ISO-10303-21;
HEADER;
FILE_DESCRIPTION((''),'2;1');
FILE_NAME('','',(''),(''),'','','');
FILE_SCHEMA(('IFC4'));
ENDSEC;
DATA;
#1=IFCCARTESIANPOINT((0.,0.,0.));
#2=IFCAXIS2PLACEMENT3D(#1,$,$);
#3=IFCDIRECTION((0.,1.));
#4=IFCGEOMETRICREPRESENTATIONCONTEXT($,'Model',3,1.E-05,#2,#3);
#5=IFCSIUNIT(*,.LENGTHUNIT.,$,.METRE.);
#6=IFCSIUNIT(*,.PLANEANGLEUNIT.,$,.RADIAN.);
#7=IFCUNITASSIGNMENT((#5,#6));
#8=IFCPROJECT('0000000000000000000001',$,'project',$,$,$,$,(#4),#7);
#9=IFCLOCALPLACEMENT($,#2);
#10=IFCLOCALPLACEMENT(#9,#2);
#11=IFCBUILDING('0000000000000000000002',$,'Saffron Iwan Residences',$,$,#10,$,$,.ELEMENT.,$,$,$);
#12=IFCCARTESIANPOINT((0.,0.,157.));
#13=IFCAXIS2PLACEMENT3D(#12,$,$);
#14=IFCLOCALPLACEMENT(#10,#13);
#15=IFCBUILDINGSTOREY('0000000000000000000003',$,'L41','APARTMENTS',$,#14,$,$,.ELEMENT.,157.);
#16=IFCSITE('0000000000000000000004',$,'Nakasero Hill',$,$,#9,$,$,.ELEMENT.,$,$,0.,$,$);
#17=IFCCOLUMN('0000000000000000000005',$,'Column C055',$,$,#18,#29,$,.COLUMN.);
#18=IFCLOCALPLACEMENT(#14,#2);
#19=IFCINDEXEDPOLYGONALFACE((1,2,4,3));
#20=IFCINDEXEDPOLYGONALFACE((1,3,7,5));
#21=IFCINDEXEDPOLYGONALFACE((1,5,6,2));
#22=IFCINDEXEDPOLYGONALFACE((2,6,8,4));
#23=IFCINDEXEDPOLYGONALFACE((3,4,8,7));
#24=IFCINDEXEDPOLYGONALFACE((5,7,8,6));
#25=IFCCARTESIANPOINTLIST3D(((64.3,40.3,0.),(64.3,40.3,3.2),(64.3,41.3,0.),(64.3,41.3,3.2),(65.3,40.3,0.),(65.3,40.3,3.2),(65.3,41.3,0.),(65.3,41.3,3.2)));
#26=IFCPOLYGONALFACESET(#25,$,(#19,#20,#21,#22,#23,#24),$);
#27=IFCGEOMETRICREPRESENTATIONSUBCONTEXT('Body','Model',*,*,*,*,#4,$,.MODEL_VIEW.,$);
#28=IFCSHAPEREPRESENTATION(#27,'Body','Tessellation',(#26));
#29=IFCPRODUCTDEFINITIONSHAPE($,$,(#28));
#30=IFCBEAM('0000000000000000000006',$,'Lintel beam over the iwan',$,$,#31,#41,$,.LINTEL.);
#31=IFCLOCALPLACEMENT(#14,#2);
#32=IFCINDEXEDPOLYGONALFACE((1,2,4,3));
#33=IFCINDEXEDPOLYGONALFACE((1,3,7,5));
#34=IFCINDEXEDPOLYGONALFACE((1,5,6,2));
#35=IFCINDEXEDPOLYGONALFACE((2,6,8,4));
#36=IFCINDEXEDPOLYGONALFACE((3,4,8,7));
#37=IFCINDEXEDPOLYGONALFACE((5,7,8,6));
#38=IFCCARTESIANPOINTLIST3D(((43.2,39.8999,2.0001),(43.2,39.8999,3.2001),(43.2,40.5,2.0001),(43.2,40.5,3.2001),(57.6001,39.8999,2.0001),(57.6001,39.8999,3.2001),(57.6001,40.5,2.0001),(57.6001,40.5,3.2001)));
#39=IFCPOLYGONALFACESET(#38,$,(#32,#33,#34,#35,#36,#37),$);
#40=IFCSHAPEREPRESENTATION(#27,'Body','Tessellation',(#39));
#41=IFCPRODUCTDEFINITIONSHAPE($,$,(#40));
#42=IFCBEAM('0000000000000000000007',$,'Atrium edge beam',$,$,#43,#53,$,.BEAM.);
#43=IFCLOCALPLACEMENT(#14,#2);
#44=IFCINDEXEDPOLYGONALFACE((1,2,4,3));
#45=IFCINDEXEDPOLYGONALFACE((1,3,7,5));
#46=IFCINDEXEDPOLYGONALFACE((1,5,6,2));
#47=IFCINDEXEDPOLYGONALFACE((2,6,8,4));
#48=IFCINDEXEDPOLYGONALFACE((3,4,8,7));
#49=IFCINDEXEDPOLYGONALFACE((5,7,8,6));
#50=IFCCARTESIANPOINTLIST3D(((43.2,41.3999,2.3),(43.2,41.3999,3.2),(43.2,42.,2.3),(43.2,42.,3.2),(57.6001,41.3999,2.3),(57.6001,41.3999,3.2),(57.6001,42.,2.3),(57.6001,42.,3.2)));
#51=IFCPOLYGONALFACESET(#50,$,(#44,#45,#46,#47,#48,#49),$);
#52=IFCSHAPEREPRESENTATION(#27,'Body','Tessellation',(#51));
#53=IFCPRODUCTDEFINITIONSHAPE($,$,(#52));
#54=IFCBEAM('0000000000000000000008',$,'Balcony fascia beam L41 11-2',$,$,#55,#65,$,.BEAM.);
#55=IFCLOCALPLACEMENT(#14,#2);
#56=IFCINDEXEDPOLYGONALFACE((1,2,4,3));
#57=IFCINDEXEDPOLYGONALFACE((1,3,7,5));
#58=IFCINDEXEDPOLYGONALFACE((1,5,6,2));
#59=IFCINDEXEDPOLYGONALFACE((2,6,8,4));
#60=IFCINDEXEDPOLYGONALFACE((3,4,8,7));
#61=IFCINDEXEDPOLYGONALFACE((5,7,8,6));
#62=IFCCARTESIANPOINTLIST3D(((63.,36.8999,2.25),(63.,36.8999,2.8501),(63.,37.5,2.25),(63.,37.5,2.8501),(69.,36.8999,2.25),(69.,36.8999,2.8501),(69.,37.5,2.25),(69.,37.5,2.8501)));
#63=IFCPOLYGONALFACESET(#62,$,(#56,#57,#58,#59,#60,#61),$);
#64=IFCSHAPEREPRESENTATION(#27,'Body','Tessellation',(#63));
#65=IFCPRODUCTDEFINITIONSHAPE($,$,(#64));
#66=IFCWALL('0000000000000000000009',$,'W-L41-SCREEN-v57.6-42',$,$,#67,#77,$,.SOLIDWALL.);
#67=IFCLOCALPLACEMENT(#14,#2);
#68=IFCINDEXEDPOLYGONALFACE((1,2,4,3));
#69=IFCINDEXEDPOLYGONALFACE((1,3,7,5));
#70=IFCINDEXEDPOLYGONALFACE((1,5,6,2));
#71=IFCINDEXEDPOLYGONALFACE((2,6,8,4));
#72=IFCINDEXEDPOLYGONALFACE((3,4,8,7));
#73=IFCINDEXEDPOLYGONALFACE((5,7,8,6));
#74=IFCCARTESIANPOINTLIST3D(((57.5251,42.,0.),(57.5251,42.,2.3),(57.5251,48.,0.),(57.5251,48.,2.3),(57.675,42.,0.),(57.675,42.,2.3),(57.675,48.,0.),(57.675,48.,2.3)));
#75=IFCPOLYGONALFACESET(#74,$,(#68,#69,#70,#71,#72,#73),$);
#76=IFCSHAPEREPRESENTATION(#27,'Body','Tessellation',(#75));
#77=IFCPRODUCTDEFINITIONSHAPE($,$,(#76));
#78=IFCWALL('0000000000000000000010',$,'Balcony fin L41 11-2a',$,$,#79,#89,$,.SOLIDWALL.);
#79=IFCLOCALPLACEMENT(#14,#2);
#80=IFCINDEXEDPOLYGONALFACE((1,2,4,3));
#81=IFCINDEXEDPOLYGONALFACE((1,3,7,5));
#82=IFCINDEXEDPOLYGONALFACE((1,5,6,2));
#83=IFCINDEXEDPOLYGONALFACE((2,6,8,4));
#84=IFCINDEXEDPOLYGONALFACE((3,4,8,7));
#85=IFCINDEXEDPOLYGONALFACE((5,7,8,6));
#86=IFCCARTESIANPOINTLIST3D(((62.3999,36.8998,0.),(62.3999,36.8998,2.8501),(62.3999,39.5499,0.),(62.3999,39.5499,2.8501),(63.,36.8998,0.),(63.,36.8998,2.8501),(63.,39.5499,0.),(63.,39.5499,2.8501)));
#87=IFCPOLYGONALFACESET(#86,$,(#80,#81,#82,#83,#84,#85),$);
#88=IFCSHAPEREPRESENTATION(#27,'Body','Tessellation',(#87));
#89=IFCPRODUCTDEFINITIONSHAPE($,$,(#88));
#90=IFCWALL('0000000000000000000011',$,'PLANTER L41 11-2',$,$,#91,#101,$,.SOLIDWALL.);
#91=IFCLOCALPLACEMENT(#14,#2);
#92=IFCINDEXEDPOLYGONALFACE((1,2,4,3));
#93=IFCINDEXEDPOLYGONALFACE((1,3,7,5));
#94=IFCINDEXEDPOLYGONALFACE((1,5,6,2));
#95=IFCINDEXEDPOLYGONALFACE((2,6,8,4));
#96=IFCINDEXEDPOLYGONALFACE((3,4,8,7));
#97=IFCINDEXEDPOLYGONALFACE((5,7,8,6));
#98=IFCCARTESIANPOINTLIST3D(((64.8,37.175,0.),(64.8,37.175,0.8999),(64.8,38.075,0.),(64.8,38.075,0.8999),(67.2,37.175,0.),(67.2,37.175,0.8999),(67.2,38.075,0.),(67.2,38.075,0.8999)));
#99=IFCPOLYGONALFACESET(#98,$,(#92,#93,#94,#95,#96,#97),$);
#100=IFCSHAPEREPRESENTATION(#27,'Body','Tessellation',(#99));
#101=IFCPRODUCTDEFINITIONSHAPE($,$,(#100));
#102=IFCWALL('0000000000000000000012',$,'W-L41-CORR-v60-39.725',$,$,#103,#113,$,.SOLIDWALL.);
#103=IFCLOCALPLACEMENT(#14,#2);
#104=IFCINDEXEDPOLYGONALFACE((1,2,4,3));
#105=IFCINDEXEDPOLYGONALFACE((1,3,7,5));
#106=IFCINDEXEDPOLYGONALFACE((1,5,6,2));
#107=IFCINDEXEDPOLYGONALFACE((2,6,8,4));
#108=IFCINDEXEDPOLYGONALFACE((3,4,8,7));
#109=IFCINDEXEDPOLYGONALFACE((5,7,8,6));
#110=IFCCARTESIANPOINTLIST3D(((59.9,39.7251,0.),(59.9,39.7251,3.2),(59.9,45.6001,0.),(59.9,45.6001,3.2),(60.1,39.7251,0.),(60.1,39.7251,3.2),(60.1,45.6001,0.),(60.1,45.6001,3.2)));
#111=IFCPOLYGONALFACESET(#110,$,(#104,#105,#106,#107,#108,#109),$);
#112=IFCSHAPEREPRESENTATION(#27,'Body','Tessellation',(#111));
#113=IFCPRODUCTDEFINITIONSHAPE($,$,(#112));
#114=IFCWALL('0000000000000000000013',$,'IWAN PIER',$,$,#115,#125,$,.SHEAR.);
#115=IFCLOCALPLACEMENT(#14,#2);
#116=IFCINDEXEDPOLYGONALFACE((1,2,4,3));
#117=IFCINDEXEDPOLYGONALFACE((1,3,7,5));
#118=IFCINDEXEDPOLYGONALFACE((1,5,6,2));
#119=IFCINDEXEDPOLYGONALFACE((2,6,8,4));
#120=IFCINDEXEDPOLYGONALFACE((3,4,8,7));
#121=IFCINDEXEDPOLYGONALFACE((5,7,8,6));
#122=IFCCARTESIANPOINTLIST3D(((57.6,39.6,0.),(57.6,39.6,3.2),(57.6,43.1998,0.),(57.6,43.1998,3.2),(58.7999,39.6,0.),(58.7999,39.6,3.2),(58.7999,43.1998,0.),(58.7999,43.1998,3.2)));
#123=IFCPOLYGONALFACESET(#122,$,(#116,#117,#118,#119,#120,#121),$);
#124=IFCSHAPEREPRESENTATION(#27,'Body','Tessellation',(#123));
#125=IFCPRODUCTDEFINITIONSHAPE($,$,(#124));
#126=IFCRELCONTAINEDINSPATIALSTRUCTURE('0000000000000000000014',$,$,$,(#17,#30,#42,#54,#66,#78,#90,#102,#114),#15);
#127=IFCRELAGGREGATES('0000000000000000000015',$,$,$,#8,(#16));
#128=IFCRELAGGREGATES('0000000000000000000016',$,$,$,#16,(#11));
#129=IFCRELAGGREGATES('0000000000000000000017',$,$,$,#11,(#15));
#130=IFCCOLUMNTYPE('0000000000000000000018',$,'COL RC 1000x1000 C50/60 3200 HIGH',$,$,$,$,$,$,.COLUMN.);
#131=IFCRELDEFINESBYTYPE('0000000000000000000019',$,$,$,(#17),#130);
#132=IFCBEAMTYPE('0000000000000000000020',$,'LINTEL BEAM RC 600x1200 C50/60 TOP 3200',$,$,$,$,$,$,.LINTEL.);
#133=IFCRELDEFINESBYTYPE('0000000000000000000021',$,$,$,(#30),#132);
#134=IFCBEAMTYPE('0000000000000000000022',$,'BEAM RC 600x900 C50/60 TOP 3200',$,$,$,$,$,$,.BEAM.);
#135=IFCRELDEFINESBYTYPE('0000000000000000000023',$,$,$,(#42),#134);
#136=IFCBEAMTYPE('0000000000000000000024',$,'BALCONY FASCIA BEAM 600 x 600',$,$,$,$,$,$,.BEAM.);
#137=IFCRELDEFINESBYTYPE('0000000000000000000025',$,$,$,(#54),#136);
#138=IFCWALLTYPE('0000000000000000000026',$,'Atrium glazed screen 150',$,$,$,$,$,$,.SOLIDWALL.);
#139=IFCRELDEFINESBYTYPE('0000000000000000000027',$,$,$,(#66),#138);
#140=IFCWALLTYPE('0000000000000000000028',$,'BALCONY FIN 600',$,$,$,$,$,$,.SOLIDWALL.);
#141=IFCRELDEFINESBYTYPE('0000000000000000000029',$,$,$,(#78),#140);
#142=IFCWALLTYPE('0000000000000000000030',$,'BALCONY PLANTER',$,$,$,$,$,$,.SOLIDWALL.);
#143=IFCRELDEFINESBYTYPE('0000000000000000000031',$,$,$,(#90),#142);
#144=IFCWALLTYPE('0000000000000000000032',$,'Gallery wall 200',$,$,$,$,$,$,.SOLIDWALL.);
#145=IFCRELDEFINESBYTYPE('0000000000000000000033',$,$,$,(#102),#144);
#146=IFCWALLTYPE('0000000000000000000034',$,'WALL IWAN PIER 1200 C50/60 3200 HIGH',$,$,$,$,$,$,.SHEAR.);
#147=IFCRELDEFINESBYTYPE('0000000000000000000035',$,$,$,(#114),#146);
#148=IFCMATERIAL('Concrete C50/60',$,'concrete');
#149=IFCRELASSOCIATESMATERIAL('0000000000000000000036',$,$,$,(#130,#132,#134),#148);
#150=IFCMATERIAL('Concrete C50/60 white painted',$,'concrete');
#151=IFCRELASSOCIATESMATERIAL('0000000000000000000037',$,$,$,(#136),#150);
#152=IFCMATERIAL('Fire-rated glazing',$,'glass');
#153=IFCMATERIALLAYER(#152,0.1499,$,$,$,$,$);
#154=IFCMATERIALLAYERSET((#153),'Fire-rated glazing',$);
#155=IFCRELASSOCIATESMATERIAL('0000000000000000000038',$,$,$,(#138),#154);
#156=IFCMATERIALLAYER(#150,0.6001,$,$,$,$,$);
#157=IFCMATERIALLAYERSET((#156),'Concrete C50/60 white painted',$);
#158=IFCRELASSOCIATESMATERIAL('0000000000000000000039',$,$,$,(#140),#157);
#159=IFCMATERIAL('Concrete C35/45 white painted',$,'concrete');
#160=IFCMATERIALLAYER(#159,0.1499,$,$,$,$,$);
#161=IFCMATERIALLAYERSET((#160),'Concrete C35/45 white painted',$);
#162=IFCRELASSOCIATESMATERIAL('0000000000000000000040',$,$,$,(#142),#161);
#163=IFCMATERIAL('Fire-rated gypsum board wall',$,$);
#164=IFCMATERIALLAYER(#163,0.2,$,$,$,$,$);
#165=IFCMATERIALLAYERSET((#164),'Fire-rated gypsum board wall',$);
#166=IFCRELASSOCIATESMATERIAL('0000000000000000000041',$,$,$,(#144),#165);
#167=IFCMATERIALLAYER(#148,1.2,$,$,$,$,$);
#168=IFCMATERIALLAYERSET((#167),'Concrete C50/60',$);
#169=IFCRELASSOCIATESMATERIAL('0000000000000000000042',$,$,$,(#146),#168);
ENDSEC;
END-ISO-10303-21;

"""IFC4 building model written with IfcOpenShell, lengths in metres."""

from ifc_helpers import new_model, si_unit, direction, frame, frame_2d, origin, origin_2d, place, context, subcontext, project, spatial, rectangle, extrude, source, transform, mapped, material, layer, layer_set, material_profile, profile_set, type_object, element, save


model = new_model("IFC4")

# Units and contexts
model_context = context("Model", 3, precision=1e-05, world=origin(), true_north=direction((0.0, 1.0)))
body_context = subcontext(model_context, "Body", "Model", "MODEL_VIEW")
ifc_project = project(units=[si_unit("LENGTHUNIT", "METRE"), si_unit("PLANEANGLEUNIT", "RADIAN")], contexts=[model_context])

# Site, building, storey
site_placement = place(None, origin())
site = spatial("IfcSite", under=ifc_project, at=site_placement, Name="Nakasero Hill", CompositionType="ELEMENT", RefElevation=0.0)
building_placement = place(site_placement, origin())
building = spatial("IfcBuilding", under=site, at=building_placement, Name="Saffron Iwan Residences", CompositionType="ELEMENT")
storey_placement = place(building_placement, frame((0.0, 0.0, 157.0)))
storey = spatial("IfcBuildingStorey", under=building, at=storey_placement, Name="L41", Description="APARTMENTS", CompositionType="ELEMENT", Elevation=157.0)

# Column
ifc_material_1 = material(Name="Concrete C50/60", Category="concrete")
ifc_material_profile_1 = material_profile(ifc_material_1, rectangle(XDim=1.0, YDim=1.0, at=origin_2d()), Name="RC 1000x1000")
ifc_profile_set_1 = profile_set([ifc_material_profile_1], Name="Concrete C50/60")
column_type = type_object("IfcColumnType", Name="COL RC 1000x1000 C50/60 3200 HIGH", PredefinedType="COLUMN", material=ifc_profile_set_1)
shared_shape_1 = source(origin(), body_context, "Body", "SweptSolid", [
    extrude(rectangle(XDim=1.0, YDim=1.0, at=origin_2d()), origin(), (0.0, 0.0, 1.0), 3.2),
])
column_placement = place(storey_placement, frame((64.8, 40.8, 0.0), z_axis=(0.0, 0.0, 1.0), x_axis=(1.0, 0.0, 0.0)))
element("IfcColumn", 1, at=column_placement, inside=storey, type_object=column_type, Name="Column C055", PredefinedType="COLUMN", context=body_context, shape_type="MappedRepresentation", body=[
    mapped(shared_shape_1, transform((0.0, 0.0, 0.0))),
])

# Beams
ifc_material_profile_2 = material_profile(ifc_material_1, rectangle(XDim=0.6001, YDim=1.2, at=origin_2d()), Name="RC 600x1200")
ifc_profile_set_2 = profile_set([ifc_material_profile_2], Name="Concrete C50/60")
beam_type_1 = type_object("IfcBeamType", Name="LINTEL BEAM RC 600x1200 C50/60 TOP 3200", PredefinedType="LINTEL", material=ifc_profile_set_2)
shared_shape_2 = source(origin(), body_context, "Body", "SweptSolid", [
    extrude(rectangle(XDim=0.6001, YDim=1.2, at=origin_2d()), origin(), (0.0, 0.0, 1.0), 14.4001),
])
beam_1_placement = place(storey_placement, frame((57.6001, 40.2, 2.6001), z_axis=(-1.0, 0.0, 0.0), x_axis=(0.0, -1.0, 0.0)))
element("IfcBeam", 2, at=beam_1_placement, inside=storey, type_object=beam_type_1, Name="Lintel beam over the iwan", PredefinedType="LINTEL", context=body_context, shape_type="MappedRepresentation", body=[
    mapped(shared_shape_2, transform((0.0, 0.0, 0.0))),
])
ifc_material_profile_3 = material_profile(ifc_material_1, rectangle(XDim=0.6001, YDim=0.8999, at=origin_2d()), Name="RC 600x900")
ifc_profile_set_3 = profile_set([ifc_material_profile_3], Name="Concrete C50/60")
beam_type_2 = type_object("IfcBeamType", Name="BEAM RC 600x900 C50/60 TOP 3200", PredefinedType="BEAM", material=ifc_profile_set_3)
shared_shape_3 = source(origin(), body_context, "Body", "SweptSolid", [
    extrude(rectangle(XDim=0.6001, YDim=0.8999, at=origin_2d()), origin(), (0.0, 0.0, 1.0), 14.4001),
])
beam_2_placement = place(storey_placement, frame((57.6001, 41.7, 2.75), z_axis=(-1.0, 0.0, 0.0), x_axis=(0.0, -1.0, 0.0)))
element("IfcBeam", 3, at=beam_2_placement, inside=storey, type_object=beam_type_2, Name="Atrium edge beam", PredefinedType="BEAM", context=body_context, shape_type="MappedRepresentation", body=[
    mapped(shared_shape_3, transform((0.0, 0.0, 0.0))),
])
ifc_material_2 = material(Name="Concrete C50/60 white painted", Category="concrete")
ifc_material_profile_4 = material_profile(ifc_material_2, rectangle(XDim=0.6001, YDim=0.6001, at=origin_2d()), Name="BALCONY FASCIA BEAM 600 x 600")
ifc_profile_set_4 = profile_set([ifc_material_profile_4], Name="Concrete C50/60 white painted")
beam_type_3 = type_object("IfcBeamType", Name="BALCONY FASCIA BEAM 600 x 600", PredefinedType="BEAM", material=ifc_profile_set_4)
shared_shape_4 = source(origin(), body_context, "Body", "SweptSolid", [
    extrude(rectangle(XDim=0.6001, YDim=0.6001, at=origin_2d()), origin(), (0.0, 0.0, 1.0), 6.0),
])
beam_3_placement = place(storey_placement, frame((63.0, 37.2, 2.55), z_axis=(1.0, 0.0, 0.0), x_axis=(0.0, 1.0, 0.0)))
element("IfcBeam", 4, at=beam_3_placement, inside=storey, type_object=beam_type_3, Name="Balcony fascia beam L41 11-2", PredefinedType="BEAM", context=body_context, shape_type="MappedRepresentation", body=[
    mapped(shared_shape_4, transform((0.0, 0.0, 0.0))),
])

# Walls
ifc_material_3 = material(Name="Fire-rated glazing", Category="glass")
ifc_layer_1 = layer(ifc_material_3, 0.1499)
ifc_layer_set_1 = layer_set([ifc_layer_1], Name="Fire-rated glazing")
wall_type_1 = type_object("IfcWallType", Name="Atrium glazed screen 150", PredefinedType="SOLIDWALL", material=ifc_layer_set_1)
wall_1_placement = place(storey_placement, frame((57.6001, 42.0, 0.0), z_axis=(0.0, 0.0, 1.0), x_axis=(0.0, 1.0, 0.0)))
element("IfcWall", 5, at=wall_1_placement, inside=storey, type_object=wall_type_1, Name="W-L41-SCREEN-v57.6-42", PredefinedType="SOLIDWALL", context=body_context, shape_type="SweptSolid", body=[
    extrude(rectangle(XDim=6.0, YDim=0.1499, at=frame_2d((3.0, 0.0))), origin(), (0.0, 0.0, 1.0), 2.3),
])
ifc_layer_2 = layer(ifc_material_2, 0.6001)
ifc_layer_set_2 = layer_set([ifc_layer_2], Name="Concrete C50/60 white painted")
wall_type_2 = type_object("IfcWallType", Name="BALCONY FIN 600", PredefinedType="SOLIDWALL", material=ifc_layer_set_2)
wall_2_placement = place(storey_placement, frame((62.7, 39.55, 0.0), z_axis=(0.0, 0.0, 1.0), x_axis=(0.0, -1.0, 0.0)))
element("IfcWall", 6, at=wall_2_placement, inside=storey, type_object=wall_type_2, Name="Balcony fin L41 11-2a", PredefinedType="SOLIDWALL", context=body_context, shape_type="SweptSolid", body=[
    extrude(rectangle(XDim=2.6501, YDim=0.6001, at=frame_2d((1.3252, 0.0))), origin(), (0.0, 0.0, 1.0), 2.8501),
])
ifc_material_4 = material(Name="Concrete C35/45 white painted", Category="concrete")
ifc_layer_3 = layer(ifc_material_4, 0.1499)
ifc_layer_set_3 = layer_set([ifc_layer_3], Name="Concrete C35/45 white painted")
wall_type_3 = type_object("IfcWallType", Name="BALCONY PLANTER", PredefinedType="SOLIDWALL", material=ifc_layer_set_3)
wall_3_placement = place(storey_placement, frame((64.8, 37.625, 0.0), z_axis=(0.0, 0.0, 1.0), x_axis=(1.0, 0.0, 0.0)))
element("IfcWall", 7, at=wall_3_placement, inside=storey, type_object=wall_type_3, Name="PLANTER L41 11-2", PredefinedType="SOLIDWALL", context=body_context, shape_type="SweptSolid", body=[
    extrude(rectangle(XDim=2.3999, YDim=0.8999, at=frame_2d((1.2, 0.0))), origin(), (0.0, 0.0, 1.0), 0.8999),
])

# Walls
ifc_material_5 = material(Name="Fire-rated gypsum board wall")
ifc_layer_4 = layer(ifc_material_5, 0.2)
ifc_layer_set_4 = layer_set([ifc_layer_4], Name="Fire-rated gypsum board wall")
wall_type_4 = type_object("IfcWallType", Name="Gallery wall 200", PredefinedType="SOLIDWALL", material=ifc_layer_set_4)
wall_4_placement = place(storey_placement, frame((60.0, 39.7251, 0.0), z_axis=(0.0, 0.0, 1.0), x_axis=(0.0, 1.0, 0.0)))
element("IfcWall", 8, at=wall_4_placement, inside=storey, type_object=wall_type_4, Name="W-L41-CORR-v60-39.725", PredefinedType="SOLIDWALL", context=body_context, shape_type="SweptSolid", body=[
    extrude(rectangle(XDim=5.875, YDim=0.2, at=frame_2d((2.9375, 0.0))), origin(), (0.0, 0.0, 1.0), 3.2),
])
ifc_layer_5 = layer(ifc_material_1, 1.2)
ifc_layer_set_5 = layer_set([ifc_layer_5], Name="Concrete C50/60")
wall_type_5 = type_object("IfcWallType", Name="WALL IWAN PIER 1200 C50/60 3200 HIGH", PredefinedType="SHEAR", material=ifc_layer_set_5)
wall_5_placement = place(storey_placement, frame((58.2, 39.6001, 0.0), z_axis=(0.0, 0.0, 1.0), x_axis=(0.0, 1.0, 0.0)))
element("IfcWall", 9, at=wall_5_placement, inside=storey, type_object=wall_type_5, Name="IWAN PIER", PredefinedType="SHEAR", context=body_context, shape_type="SweptSolid", body=[
    extrude(rectangle(XDim=3.5999, YDim=1.2, at=frame_2d((1.7998, 0.0))), origin(), (0.0, 0.0, 1.0), 3.2),
])

save(model, "model.ifc")
